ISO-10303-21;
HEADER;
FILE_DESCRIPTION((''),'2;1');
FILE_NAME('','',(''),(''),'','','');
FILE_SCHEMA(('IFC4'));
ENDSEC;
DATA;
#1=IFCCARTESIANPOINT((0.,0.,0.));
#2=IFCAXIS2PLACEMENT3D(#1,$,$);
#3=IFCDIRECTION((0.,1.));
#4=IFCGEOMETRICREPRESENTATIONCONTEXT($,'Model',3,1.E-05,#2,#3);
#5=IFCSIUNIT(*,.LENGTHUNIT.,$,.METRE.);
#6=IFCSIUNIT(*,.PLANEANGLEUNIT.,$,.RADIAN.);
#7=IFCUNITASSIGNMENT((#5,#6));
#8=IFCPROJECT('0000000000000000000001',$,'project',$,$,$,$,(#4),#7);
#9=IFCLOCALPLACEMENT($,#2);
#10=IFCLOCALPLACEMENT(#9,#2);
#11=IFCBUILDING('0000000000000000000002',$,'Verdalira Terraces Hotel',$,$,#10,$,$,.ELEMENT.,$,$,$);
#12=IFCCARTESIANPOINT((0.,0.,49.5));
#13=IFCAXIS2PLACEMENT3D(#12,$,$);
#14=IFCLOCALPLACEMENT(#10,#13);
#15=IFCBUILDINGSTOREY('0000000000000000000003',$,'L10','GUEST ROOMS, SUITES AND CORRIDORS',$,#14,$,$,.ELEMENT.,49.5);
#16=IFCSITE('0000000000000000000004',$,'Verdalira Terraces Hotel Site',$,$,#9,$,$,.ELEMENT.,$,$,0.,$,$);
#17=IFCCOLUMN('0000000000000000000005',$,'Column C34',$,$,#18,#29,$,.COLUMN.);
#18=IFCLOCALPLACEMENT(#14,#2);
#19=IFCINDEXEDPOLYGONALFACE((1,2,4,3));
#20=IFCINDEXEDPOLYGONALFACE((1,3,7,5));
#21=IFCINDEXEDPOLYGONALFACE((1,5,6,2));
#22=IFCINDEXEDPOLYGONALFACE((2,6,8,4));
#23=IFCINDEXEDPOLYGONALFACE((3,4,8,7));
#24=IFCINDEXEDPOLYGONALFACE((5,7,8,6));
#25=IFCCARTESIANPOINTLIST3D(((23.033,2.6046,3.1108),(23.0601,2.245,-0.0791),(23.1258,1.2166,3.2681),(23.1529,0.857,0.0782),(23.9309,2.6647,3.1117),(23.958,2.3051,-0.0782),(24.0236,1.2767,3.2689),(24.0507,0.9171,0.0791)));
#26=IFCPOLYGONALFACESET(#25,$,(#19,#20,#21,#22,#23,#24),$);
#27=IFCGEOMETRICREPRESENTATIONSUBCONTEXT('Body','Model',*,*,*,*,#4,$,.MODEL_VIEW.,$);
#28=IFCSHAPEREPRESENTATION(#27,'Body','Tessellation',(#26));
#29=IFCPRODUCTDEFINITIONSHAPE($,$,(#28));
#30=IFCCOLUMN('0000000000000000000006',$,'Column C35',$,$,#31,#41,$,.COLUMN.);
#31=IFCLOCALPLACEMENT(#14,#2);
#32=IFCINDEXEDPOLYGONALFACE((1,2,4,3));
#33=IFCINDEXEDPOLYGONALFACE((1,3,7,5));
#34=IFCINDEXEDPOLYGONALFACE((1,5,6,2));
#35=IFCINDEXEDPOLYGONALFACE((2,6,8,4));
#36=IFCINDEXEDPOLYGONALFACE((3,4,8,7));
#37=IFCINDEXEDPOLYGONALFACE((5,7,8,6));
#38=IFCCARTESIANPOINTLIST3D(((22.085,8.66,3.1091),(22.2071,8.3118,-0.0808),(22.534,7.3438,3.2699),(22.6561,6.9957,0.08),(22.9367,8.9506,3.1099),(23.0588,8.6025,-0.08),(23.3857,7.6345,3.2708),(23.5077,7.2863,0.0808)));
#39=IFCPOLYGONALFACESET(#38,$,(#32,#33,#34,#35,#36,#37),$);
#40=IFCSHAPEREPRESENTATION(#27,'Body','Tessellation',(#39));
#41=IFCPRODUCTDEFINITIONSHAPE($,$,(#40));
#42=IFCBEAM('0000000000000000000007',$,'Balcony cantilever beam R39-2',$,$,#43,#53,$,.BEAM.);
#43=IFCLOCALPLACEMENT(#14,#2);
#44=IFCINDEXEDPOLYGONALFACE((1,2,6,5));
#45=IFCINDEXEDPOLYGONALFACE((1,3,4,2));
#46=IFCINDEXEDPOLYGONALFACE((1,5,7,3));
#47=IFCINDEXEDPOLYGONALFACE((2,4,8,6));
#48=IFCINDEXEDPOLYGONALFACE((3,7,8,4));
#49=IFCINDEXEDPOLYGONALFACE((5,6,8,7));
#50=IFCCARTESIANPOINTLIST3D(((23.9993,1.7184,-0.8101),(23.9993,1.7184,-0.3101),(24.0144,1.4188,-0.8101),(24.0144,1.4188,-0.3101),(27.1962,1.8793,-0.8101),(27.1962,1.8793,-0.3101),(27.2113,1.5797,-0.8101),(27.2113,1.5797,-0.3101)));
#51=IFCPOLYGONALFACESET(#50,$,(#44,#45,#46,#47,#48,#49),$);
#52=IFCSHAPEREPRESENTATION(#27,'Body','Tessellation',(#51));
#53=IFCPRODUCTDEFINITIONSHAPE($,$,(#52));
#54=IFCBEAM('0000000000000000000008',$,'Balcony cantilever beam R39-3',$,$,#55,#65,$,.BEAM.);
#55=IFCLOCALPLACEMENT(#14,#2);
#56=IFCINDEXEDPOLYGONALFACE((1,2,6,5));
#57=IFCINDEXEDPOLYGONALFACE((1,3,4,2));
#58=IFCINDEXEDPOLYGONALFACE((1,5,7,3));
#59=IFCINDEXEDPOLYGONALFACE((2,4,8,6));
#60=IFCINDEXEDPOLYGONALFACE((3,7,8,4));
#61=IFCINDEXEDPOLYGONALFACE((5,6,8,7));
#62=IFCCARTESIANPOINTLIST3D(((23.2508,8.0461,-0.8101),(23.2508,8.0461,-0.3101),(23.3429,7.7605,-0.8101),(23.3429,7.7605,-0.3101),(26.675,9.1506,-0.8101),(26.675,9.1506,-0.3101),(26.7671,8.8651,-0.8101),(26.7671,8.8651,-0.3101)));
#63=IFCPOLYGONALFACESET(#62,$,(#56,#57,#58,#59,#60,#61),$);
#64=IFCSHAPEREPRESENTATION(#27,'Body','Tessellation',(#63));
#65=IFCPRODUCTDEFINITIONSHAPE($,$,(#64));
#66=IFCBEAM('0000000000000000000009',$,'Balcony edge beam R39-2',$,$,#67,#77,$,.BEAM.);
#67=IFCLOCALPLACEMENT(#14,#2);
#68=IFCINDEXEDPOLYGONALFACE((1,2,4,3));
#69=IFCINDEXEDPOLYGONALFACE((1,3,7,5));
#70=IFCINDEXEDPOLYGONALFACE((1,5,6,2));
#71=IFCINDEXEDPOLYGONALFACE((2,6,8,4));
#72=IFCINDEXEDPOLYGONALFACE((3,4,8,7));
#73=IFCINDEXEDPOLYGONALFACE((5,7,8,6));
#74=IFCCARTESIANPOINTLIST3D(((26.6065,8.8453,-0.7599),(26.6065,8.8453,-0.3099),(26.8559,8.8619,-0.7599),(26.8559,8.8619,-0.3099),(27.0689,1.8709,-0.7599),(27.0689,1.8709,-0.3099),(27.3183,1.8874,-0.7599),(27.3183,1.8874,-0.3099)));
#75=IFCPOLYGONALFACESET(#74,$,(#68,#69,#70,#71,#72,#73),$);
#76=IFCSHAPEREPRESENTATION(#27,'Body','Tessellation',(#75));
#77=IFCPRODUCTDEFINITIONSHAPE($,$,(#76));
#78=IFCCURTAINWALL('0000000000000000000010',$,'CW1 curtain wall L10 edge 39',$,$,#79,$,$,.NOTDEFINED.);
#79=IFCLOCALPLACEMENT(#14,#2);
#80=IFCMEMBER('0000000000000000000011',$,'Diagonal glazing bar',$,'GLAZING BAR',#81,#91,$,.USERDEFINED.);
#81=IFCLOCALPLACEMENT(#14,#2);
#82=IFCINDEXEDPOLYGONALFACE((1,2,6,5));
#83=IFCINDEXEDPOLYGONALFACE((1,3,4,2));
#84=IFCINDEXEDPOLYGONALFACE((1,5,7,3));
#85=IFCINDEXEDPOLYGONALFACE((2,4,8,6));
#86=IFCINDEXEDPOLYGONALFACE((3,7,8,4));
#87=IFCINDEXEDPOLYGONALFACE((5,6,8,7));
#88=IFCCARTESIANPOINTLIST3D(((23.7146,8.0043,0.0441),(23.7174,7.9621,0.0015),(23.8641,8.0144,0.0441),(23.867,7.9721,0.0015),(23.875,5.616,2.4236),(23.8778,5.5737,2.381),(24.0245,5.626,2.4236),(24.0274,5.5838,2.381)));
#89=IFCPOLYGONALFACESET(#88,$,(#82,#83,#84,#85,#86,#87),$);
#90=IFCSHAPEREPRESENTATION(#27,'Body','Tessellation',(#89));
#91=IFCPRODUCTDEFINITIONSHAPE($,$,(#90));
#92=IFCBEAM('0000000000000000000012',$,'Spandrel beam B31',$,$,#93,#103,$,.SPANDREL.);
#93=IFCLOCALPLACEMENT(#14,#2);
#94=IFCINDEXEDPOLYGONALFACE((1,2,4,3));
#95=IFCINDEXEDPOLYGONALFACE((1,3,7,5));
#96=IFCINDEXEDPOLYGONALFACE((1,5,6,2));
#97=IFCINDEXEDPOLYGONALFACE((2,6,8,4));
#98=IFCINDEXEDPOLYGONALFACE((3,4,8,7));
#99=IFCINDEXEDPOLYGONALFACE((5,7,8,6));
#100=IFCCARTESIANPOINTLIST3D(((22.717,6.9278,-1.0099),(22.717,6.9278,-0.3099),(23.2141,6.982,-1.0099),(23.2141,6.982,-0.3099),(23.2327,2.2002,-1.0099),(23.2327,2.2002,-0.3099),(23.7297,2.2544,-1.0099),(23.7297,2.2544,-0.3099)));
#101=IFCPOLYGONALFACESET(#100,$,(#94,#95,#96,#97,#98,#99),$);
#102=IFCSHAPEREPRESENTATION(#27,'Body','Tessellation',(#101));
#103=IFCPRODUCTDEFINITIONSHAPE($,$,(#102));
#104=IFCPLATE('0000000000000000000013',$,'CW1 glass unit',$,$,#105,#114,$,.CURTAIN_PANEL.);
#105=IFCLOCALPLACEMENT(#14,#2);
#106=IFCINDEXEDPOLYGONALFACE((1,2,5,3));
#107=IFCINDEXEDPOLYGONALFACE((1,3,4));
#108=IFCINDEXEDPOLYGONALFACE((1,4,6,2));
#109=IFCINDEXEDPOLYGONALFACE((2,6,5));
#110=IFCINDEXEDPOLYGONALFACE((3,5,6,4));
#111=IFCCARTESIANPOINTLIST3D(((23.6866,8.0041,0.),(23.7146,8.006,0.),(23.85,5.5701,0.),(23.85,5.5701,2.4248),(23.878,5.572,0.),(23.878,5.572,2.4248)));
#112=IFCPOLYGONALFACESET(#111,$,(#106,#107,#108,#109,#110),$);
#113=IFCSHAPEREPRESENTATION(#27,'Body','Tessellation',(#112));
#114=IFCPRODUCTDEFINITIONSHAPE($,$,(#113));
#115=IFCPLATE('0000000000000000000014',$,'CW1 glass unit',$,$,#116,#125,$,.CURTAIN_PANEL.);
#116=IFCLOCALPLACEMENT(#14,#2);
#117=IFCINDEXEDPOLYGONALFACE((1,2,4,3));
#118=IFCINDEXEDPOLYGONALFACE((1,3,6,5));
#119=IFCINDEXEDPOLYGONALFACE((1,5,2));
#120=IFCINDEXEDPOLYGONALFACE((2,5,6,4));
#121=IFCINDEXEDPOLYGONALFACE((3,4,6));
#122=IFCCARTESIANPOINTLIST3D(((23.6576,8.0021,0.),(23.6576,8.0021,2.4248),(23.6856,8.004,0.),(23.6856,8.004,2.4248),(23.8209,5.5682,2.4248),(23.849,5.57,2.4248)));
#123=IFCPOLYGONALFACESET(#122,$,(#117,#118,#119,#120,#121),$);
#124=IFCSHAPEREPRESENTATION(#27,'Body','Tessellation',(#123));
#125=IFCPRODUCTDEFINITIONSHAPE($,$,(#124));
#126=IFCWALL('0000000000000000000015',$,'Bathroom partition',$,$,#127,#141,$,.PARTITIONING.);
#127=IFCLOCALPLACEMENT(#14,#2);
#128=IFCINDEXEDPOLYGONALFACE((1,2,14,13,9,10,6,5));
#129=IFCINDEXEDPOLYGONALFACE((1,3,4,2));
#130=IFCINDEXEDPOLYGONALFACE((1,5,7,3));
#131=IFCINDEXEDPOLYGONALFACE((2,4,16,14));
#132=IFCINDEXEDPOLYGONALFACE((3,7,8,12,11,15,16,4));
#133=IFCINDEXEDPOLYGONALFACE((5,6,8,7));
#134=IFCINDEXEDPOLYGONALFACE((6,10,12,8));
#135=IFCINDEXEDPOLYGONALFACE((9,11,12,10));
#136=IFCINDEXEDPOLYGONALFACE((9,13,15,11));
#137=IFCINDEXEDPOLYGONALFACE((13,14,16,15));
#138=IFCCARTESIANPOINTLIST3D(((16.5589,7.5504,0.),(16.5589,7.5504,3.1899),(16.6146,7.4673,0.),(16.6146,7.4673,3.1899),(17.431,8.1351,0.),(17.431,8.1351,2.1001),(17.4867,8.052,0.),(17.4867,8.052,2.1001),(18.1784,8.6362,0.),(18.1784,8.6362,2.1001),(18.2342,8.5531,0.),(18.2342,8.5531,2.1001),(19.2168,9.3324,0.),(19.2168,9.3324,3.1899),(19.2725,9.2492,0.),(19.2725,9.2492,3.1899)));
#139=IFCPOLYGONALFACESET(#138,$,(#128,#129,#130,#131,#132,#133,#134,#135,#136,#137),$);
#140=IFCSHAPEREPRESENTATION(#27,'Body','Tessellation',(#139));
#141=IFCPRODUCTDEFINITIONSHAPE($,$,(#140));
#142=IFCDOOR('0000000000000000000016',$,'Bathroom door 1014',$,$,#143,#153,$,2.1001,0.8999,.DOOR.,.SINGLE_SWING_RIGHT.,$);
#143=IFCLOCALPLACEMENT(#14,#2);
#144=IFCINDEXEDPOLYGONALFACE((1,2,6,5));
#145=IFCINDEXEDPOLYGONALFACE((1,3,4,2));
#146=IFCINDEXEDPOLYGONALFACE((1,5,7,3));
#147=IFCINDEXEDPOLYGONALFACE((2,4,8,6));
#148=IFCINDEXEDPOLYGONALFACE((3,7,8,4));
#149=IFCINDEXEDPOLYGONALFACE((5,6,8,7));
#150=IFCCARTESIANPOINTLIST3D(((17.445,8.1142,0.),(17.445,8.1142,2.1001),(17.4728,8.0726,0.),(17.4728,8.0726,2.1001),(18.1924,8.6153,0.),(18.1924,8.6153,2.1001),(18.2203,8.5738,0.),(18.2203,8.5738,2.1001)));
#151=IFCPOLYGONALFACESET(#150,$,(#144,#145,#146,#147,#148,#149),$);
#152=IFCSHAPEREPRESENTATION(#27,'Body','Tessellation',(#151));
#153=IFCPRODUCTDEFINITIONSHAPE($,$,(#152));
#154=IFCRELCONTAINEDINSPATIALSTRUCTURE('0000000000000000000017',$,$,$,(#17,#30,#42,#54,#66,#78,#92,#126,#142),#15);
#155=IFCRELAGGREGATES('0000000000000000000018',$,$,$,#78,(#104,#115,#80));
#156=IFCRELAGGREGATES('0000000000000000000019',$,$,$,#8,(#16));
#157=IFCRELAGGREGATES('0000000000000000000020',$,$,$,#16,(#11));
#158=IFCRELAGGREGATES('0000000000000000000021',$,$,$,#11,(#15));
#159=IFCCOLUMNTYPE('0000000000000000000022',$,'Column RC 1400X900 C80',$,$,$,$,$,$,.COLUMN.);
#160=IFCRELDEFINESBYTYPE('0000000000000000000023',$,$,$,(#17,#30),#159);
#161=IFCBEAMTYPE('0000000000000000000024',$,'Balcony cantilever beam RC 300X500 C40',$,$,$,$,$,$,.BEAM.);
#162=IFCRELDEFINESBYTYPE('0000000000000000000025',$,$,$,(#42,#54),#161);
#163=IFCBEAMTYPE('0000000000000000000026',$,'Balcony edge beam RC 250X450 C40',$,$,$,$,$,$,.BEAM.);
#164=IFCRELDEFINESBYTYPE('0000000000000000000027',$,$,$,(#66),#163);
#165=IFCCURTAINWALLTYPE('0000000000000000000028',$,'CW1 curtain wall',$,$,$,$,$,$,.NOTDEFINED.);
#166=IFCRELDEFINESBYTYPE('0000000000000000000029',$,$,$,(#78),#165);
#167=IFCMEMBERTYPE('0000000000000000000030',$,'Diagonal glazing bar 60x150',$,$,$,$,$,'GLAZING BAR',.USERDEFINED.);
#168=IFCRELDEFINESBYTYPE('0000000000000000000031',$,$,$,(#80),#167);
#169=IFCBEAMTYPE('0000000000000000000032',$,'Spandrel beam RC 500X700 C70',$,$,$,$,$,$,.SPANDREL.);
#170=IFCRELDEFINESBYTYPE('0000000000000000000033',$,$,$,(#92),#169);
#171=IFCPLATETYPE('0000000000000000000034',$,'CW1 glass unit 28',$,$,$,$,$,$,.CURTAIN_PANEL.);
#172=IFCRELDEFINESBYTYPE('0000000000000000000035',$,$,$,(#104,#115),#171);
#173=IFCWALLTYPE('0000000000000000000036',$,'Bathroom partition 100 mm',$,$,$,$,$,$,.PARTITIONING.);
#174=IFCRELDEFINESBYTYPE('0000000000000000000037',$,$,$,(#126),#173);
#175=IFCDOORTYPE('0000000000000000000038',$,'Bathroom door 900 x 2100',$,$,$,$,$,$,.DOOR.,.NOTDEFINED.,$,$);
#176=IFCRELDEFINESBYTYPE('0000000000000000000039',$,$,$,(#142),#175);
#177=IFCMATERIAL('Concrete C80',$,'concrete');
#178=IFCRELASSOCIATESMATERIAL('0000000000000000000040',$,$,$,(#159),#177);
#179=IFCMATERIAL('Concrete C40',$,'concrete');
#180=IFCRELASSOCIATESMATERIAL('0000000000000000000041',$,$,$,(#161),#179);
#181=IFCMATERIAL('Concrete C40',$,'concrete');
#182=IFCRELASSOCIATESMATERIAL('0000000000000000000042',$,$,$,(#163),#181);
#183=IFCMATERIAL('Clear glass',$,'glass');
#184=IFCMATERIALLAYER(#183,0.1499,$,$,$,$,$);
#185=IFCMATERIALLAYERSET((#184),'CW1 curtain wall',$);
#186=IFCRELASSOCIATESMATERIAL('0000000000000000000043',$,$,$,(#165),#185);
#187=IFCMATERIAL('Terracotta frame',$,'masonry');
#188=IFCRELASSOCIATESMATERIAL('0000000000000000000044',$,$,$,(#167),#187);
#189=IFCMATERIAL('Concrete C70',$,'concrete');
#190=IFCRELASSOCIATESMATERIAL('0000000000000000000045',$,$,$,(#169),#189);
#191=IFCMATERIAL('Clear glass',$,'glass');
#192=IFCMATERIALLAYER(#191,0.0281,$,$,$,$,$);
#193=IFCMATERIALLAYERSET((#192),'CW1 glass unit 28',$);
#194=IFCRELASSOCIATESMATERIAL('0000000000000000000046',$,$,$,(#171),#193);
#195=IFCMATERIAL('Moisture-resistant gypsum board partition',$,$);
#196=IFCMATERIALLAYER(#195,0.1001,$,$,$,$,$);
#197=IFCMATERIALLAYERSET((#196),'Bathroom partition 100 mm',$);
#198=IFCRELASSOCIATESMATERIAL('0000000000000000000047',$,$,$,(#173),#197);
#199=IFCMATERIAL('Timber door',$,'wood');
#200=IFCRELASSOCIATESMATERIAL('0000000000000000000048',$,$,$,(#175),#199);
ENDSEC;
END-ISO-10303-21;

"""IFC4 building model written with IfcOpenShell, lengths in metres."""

from ifc_helpers import new_model, si_unit, direction, frame, frame_2d, origin, origin_2d, place, context, subcontext, project, spatial, polyline, rectangle, outline, extrude, material, layer, layer_set, material_profile, profile_set, type_object, element, fill, aggregate, save


model = new_model("IFC4")

# Units and contexts
model_context = context("Model", 3, precision=1e-05, world=origin(), true_north=direction((0.0, 1.0)))
body_context = subcontext(model_context, "Body", "Model", "MODEL_VIEW")
ifc_project = project(units=[si_unit("LENGTHUNIT", "METRE"), si_unit("PLANEANGLEUNIT", "RADIAN")], contexts=[model_context])

# Site, building, storey
site_placement = place(None, origin())
site = spatial("IfcSite", under=ifc_project, at=site_placement, Name="Verdalira Terraces Hotel Site", CompositionType="ELEMENT", RefElevation=0.0)
building_placement = place(site_placement, origin())
building = spatial("IfcBuilding", under=site, at=building_placement, Name="Verdalira Terraces Hotel", CompositionType="ELEMENT")
storey_placement = place(building_placement, frame((0.0, 0.0, 49.5)))
storey = spatial("IfcBuildingStorey", under=building, at=storey_placement, Name="L10", Description="GUEST ROOMS, SUITES AND CORRIDORS", CompositionType="ELEMENT", Elevation=49.5)

# Columns
ifc_material_1 = material(Name="Concrete C80", Category="concrete")
ifc_material_profile_1 = material_profile(ifc_material_1, rectangle(XDim=1.3999, YDim=0.8999, at=origin_2d()), Name="RC 1400X900")
ifc_profile_set_1 = profile_set([ifc_material_profile_1], Name="Concrete C80")
column_type = type_object("IfcColumnType", Name="Column RC 1400X900 C80", PredefinedType="COLUMN", material=ifc_profile_set_1)
column_1_placement = place(storey_placement, frame((23.5554, 1.5811, 0.0), z_axis=(-0.008442, 0.112022, 0.99367), x_axis=(-0.066257, 0.991459, -0.112335)))
element("IfcColumn", 1, at=column_1_placement, inside=storey, type_object=column_type, Name="Column C34", PredefinedType="COLUMN", context=body_context, shape_type="SweptSolid", body=[
    extrude(rectangle(XDim=1.3999, YDim=0.8999, at=origin_2d()), origin(), (0.0, 0.0, 1.0), 3.2102),
])
column_2_placement = place(storey_placement, frame((22.8574, 7.7991, 0.0), z_axis=(-0.038014, 0.108416, 0.993379), x_axis=(0.32072, -0.940181, 0.114883)))
element("IfcColumn", 2, at=column_2_placement, inside=storey, type_object=column_type, Name="Column C35", PredefinedType="COLUMN", context=body_context, shape_type="SweptSolid", body=[
    extrude(rectangle(XDim=1.3999, YDim=0.8999, at=origin_2d()), origin(), (0.0, 0.0, 1.0), 3.2112),
])

# Beams
ifc_material_2 = material(Name="Concrete C40", Category="concrete")
ifc_material_profile_2 = material_profile(ifc_material_2, rectangle(XDim=0.3, YDim=0.5, at=origin_2d()), Name="RC 300X500")
ifc_profile_set_2 = profile_set([ifc_material_profile_2], Name="Concrete C40")
beam_type_1 = type_object("IfcBeamType", Name="Balcony cantilever beam RC 300X500 C40", PredefinedType="BEAM", material=ifc_profile_set_2)
beam_1_placement = place(storey_placement, frame((24.0068, 1.5686, -0.5601), z_axis=(0.998736, 0.050265, 0.0), x_axis=(-0.050265, 0.998736, 0.0)))
element("IfcBeam", 3, at=beam_1_placement, inside=storey, type_object=beam_type_1, Name="Balcony cantilever beam R39-2", PredefinedType="BEAM", context=body_context, shape_type="SweptSolid", body=[
    extrude(rectangle(XDim=0.3, YDim=0.5, at=origin_2d()), origin(), (0.0, 0.0, 1.0), 3.2009),
])
beam_2_placement = place(storey_placement, frame((23.2969, 7.9033, -0.5601), z_axis=(0.951712, 0.306991, 0.0), x_axis=(-0.306991, 0.951712, 0.0)))
element("IfcBeam", 4, at=beam_2_placement, inside=storey, type_object=beam_type_1, Name="Balcony cantilever beam R39-3", PredefinedType="BEAM", context=body_context, shape_type="SweptSolid", body=[
    extrude(rectangle(XDim=0.3, YDim=0.5, at=origin_2d()), origin(), (0.0, 0.0, 1.0), 3.5979),
])
ifc_material_3 = material(Name="Concrete C40", Category="concrete")
ifc_material_profile_3 = material_profile(ifc_material_3, rectangle(XDim=0.25, YDim=0.45, at=origin_2d()), Name="RC 250X450")
ifc_profile_set_3 = profile_set([ifc_material_profile_3], Name="Concrete C40")
beam_type_2 = type_object("IfcBeamType", Name="Balcony edge beam RC 250X450 C40", PredefinedType="BEAM", material=ifc_profile_set_3)
beam_3_placement = place(storey_placement, frame((27.1936, 1.8792, -0.5349), z_axis=(-0.066155, 0.997809, 0.0), x_axis=(-0.997809, -0.066155, 0.0)))
element("IfcBeam", 5, at=beam_3_placement, inside=storey, type_object=beam_type_2, Name="Balcony edge beam R39-2", PredefinedType="BEAM", context=body_context, shape_type="SweptSolid", body=[
    extrude(rectangle(XDim=0.25, YDim=0.45, at=origin_2d()), origin(), (0.0, 0.0, 1.0), 6.9897),
])

# Curtain wall, member
ifc_material_4 = material(Name="Clear glass", Category="glass")
ifc_layer_1 = layer(ifc_material_4, 0.1499)
ifc_layer_set_1 = layer_set([ifc_layer_1], Name="CW1 curtain wall")
curtain_wall_type = type_object("IfcCurtainWallType", Name="CW1 curtain wall", PredefinedType="NOTDEFINED", material=ifc_layer_set_1)
curtain_wall_placement = place(storey_placement, origin())
curtain_wall = element("IfcCurtainWall", 6, at=curtain_wall_placement, inside=storey, type_object=curtain_wall_type, Name="CW1 curtain wall L10 edge 39", PredefinedType="NOTDEFINED")
ifc_material_5 = material(Name="Terracotta frame", Category="masonry")
ifc_material_profile_4 = material_profile(ifc_material_5, rectangle(XDim=0.1499, YDim=0.0601, at=origin_2d()), Name="GB 60x150")
ifc_profile_set_4 = profile_set([ifc_material_profile_4], Name="Terracotta frame")
member_type = type_object("IfcMemberType", Name="Diagonal glazing bar 60x150", ElementType="GLAZING BAR", PredefinedType="USERDEFINED", material=ifc_profile_set_4)
member_placement = place(storey_placement, frame((23.9512, 5.5999, 2.4023), z_axis=(-0.047521, 0.707609, -0.705005), x_axis=(-0.997753, -0.067006, 0.0)))
member = element("IfcMember", 7, at=member_placement, type_object=member_type, Name="Diagonal glazing bar", ObjectType="GLAZING BAR", PredefinedType="USERDEFINED", context=body_context, shape_type="SweptSolid", body=[
    extrude(rectangle(XDim=0.1499, YDim=0.0601, at=origin_2d()), origin(), (0.0, 0.0, 1.0), 3.3752),
])

# Beam
ifc_material_6 = material(Name="Concrete C70", Category="concrete")
ifc_material_profile_5 = material_profile(ifc_material_6, rectangle(XDim=0.5, YDim=0.7, at=origin_2d()), Name="RC 500X700")
ifc_profile_set_5 = profile_set([ifc_material_profile_5], Name="Concrete C70")
beam_type_3 = type_object("IfcBeamType", Name="Spandrel beam RC 500X700 C70", PredefinedType="SPANDREL", material=ifc_profile_set_5)
beam_4_placement = place(storey_placement, frame((23.4812, 2.2273, -0.6599), z_axis=(-0.108425, 0.994105, 0.0), x_axis=(-0.994105, -0.108425, 0.0)))
element("IfcBeam", 8, at=beam_4_placement, inside=storey, type_object=beam_type_3, Name="Spandrel beam B31", PredefinedType="SPANDREL", context=body_context, shape_type="SweptSolid", body=[
    extrude(rectangle(XDim=0.5, YDim=0.7, at=origin_2d()), origin(), (0.0, 0.0, 1.0), 4.7556),
])

# Plates
ifc_material_7 = material(Name="Clear glass", Category="glass")
ifc_layer_2 = layer(ifc_material_7, 0.0281)
ifc_layer_set_2 = layer_set([ifc_layer_2], Name="CW1 glass unit 28")
plate_type = type_object("IfcPlateType", Name="CW1 glass unit 28", PredefinedType="CURTAIN_PANEL", material=ifc_layer_set_2)
plate_1_placement = place(storey_placement, frame((23.7683, 6.7871, 1.2124), z_axis=(0.997755, 0.06697, 0.0), x_axis=(-0.06697, 0.997755, 0.0)))
plate_1 = element("IfcPlate", 9, at=plate_1_placement, type_object=plate_type, Name="CW1 glass unit", PredefinedType="CURTAIN_PANEL", context=body_context, shape_type="SweptSolid", body=[
    extrude(outline(polyline([(-1.2197, -1.2124), (1.2197, -1.2124), (-1.2197, 1.2124), (-1.2197, -1.2124)])), origin(), (0.0, 0.0, 1.0), 0.0281),
])
plate_2_placement = place(storey_placement, frame((23.7393, 6.7852, 1.2124), z_axis=(0.997755, 0.06697, 0.0), x_axis=(-0.06697, 0.997755, 0.0)))
plate_2 = element("IfcPlate", 10, at=plate_2_placement, type_object=plate_type, Name="CW1 glass unit", PredefinedType="CURTAIN_PANEL", context=body_context, shape_type="SweptSolid", body=[
    extrude(outline(polyline([(1.2197, -1.2124), (1.2197, 1.2124), (-1.2197, 1.2124), (1.2197, -1.2124)])), origin(), (0.0, 0.0, 1.0), 0.0281),
])
aggregate(curtain_wall, [plate_1, plate_2, member])

# Wall, opening, door
ifc_material_8 = material(Name="Moisture-resistant gypsum board partition")
ifc_layer_3 = layer(ifc_material_8, 0.1001)
ifc_layer_set_3 = layer_set([ifc_layer_3], Name="Bathroom partition 100 mm")
wall_type_1 = type_object("IfcWallType", Name="Bathroom partition 100 mm", PredefinedType="PARTITIONING", material=ifc_layer_set_3)
wall_1_placement = place(storey_placement, frame((16.5867, 7.5088, 0.0), z_axis=(0.0, 0.0, 1.0), x_axis=(0.830604, 0.556864, 0.0)))
wall_1 = element("IfcWall", 11, at=wall_1_placement, inside=storey, type_object=wall_type_1, Name="Bathroom partition", PredefinedType="PARTITIONING", context=body_context, shape_type="SweptSolid", body=[
    extrude(rectangle(XDim=3.2, YDim=0.1001, at=frame_2d((1.6001, 0.0))), origin(), (0.0, 0.0, 1.0), 3.1899),
])
opening_1_placement = place(wall_1_placement, frame((1.05, 0.0, 0.0)))
opening_1 = element("IfcOpeningElement", 12, at=opening_1_placement, cuts=wall_1, PredefinedType="OPENING", context=body_context, shape_type="SweptSolid", body=[
    extrude(rectangle(XDim=0.8999, YDim=2.1001, at=frame_2d((0.45, 1.05))), frame((0.0, 0.0601, 0.0), z_axis=(0.0, -1.0, 0.0), x_axis=(1.0, 0.0, 0.0)), (0.0, 0.0, 1.0), 0.1201),
])
ifc_material_9 = material(Name="Timber door", Category="wood")
door_type_1 = type_object("IfcDoorType", Name="Bathroom door 900 x 2100", OperationType="NOTDEFINED", PredefinedType="DOOR", material=ifc_material_9)
door_1_placement = place(opening_1_placement, origin())
door_1 = element("IfcDoor", 13, at=door_1_placement, inside=storey, type_object=door_type_1, Name="Bathroom door 1014", OperationType="SINGLE_SWING_RIGHT", OverallHeight=2.1001, OverallWidth=0.8999, PredefinedType="DOOR", context=body_context, shape_type="SweptSolid", body=[
    extrude(rectangle(XDim=0.8999, YDim=2.1001, at=frame_2d((0.45, 1.05))), frame((0.0, 0.0249, 0.0), z_axis=(0.0, -1.0, 0.0), x_axis=(1.0, 0.0, 0.0)), (0.0, 0.0, 1.0), 0.05),
])
fill(opening_1, door_1)

save(model, "model.ifc")
